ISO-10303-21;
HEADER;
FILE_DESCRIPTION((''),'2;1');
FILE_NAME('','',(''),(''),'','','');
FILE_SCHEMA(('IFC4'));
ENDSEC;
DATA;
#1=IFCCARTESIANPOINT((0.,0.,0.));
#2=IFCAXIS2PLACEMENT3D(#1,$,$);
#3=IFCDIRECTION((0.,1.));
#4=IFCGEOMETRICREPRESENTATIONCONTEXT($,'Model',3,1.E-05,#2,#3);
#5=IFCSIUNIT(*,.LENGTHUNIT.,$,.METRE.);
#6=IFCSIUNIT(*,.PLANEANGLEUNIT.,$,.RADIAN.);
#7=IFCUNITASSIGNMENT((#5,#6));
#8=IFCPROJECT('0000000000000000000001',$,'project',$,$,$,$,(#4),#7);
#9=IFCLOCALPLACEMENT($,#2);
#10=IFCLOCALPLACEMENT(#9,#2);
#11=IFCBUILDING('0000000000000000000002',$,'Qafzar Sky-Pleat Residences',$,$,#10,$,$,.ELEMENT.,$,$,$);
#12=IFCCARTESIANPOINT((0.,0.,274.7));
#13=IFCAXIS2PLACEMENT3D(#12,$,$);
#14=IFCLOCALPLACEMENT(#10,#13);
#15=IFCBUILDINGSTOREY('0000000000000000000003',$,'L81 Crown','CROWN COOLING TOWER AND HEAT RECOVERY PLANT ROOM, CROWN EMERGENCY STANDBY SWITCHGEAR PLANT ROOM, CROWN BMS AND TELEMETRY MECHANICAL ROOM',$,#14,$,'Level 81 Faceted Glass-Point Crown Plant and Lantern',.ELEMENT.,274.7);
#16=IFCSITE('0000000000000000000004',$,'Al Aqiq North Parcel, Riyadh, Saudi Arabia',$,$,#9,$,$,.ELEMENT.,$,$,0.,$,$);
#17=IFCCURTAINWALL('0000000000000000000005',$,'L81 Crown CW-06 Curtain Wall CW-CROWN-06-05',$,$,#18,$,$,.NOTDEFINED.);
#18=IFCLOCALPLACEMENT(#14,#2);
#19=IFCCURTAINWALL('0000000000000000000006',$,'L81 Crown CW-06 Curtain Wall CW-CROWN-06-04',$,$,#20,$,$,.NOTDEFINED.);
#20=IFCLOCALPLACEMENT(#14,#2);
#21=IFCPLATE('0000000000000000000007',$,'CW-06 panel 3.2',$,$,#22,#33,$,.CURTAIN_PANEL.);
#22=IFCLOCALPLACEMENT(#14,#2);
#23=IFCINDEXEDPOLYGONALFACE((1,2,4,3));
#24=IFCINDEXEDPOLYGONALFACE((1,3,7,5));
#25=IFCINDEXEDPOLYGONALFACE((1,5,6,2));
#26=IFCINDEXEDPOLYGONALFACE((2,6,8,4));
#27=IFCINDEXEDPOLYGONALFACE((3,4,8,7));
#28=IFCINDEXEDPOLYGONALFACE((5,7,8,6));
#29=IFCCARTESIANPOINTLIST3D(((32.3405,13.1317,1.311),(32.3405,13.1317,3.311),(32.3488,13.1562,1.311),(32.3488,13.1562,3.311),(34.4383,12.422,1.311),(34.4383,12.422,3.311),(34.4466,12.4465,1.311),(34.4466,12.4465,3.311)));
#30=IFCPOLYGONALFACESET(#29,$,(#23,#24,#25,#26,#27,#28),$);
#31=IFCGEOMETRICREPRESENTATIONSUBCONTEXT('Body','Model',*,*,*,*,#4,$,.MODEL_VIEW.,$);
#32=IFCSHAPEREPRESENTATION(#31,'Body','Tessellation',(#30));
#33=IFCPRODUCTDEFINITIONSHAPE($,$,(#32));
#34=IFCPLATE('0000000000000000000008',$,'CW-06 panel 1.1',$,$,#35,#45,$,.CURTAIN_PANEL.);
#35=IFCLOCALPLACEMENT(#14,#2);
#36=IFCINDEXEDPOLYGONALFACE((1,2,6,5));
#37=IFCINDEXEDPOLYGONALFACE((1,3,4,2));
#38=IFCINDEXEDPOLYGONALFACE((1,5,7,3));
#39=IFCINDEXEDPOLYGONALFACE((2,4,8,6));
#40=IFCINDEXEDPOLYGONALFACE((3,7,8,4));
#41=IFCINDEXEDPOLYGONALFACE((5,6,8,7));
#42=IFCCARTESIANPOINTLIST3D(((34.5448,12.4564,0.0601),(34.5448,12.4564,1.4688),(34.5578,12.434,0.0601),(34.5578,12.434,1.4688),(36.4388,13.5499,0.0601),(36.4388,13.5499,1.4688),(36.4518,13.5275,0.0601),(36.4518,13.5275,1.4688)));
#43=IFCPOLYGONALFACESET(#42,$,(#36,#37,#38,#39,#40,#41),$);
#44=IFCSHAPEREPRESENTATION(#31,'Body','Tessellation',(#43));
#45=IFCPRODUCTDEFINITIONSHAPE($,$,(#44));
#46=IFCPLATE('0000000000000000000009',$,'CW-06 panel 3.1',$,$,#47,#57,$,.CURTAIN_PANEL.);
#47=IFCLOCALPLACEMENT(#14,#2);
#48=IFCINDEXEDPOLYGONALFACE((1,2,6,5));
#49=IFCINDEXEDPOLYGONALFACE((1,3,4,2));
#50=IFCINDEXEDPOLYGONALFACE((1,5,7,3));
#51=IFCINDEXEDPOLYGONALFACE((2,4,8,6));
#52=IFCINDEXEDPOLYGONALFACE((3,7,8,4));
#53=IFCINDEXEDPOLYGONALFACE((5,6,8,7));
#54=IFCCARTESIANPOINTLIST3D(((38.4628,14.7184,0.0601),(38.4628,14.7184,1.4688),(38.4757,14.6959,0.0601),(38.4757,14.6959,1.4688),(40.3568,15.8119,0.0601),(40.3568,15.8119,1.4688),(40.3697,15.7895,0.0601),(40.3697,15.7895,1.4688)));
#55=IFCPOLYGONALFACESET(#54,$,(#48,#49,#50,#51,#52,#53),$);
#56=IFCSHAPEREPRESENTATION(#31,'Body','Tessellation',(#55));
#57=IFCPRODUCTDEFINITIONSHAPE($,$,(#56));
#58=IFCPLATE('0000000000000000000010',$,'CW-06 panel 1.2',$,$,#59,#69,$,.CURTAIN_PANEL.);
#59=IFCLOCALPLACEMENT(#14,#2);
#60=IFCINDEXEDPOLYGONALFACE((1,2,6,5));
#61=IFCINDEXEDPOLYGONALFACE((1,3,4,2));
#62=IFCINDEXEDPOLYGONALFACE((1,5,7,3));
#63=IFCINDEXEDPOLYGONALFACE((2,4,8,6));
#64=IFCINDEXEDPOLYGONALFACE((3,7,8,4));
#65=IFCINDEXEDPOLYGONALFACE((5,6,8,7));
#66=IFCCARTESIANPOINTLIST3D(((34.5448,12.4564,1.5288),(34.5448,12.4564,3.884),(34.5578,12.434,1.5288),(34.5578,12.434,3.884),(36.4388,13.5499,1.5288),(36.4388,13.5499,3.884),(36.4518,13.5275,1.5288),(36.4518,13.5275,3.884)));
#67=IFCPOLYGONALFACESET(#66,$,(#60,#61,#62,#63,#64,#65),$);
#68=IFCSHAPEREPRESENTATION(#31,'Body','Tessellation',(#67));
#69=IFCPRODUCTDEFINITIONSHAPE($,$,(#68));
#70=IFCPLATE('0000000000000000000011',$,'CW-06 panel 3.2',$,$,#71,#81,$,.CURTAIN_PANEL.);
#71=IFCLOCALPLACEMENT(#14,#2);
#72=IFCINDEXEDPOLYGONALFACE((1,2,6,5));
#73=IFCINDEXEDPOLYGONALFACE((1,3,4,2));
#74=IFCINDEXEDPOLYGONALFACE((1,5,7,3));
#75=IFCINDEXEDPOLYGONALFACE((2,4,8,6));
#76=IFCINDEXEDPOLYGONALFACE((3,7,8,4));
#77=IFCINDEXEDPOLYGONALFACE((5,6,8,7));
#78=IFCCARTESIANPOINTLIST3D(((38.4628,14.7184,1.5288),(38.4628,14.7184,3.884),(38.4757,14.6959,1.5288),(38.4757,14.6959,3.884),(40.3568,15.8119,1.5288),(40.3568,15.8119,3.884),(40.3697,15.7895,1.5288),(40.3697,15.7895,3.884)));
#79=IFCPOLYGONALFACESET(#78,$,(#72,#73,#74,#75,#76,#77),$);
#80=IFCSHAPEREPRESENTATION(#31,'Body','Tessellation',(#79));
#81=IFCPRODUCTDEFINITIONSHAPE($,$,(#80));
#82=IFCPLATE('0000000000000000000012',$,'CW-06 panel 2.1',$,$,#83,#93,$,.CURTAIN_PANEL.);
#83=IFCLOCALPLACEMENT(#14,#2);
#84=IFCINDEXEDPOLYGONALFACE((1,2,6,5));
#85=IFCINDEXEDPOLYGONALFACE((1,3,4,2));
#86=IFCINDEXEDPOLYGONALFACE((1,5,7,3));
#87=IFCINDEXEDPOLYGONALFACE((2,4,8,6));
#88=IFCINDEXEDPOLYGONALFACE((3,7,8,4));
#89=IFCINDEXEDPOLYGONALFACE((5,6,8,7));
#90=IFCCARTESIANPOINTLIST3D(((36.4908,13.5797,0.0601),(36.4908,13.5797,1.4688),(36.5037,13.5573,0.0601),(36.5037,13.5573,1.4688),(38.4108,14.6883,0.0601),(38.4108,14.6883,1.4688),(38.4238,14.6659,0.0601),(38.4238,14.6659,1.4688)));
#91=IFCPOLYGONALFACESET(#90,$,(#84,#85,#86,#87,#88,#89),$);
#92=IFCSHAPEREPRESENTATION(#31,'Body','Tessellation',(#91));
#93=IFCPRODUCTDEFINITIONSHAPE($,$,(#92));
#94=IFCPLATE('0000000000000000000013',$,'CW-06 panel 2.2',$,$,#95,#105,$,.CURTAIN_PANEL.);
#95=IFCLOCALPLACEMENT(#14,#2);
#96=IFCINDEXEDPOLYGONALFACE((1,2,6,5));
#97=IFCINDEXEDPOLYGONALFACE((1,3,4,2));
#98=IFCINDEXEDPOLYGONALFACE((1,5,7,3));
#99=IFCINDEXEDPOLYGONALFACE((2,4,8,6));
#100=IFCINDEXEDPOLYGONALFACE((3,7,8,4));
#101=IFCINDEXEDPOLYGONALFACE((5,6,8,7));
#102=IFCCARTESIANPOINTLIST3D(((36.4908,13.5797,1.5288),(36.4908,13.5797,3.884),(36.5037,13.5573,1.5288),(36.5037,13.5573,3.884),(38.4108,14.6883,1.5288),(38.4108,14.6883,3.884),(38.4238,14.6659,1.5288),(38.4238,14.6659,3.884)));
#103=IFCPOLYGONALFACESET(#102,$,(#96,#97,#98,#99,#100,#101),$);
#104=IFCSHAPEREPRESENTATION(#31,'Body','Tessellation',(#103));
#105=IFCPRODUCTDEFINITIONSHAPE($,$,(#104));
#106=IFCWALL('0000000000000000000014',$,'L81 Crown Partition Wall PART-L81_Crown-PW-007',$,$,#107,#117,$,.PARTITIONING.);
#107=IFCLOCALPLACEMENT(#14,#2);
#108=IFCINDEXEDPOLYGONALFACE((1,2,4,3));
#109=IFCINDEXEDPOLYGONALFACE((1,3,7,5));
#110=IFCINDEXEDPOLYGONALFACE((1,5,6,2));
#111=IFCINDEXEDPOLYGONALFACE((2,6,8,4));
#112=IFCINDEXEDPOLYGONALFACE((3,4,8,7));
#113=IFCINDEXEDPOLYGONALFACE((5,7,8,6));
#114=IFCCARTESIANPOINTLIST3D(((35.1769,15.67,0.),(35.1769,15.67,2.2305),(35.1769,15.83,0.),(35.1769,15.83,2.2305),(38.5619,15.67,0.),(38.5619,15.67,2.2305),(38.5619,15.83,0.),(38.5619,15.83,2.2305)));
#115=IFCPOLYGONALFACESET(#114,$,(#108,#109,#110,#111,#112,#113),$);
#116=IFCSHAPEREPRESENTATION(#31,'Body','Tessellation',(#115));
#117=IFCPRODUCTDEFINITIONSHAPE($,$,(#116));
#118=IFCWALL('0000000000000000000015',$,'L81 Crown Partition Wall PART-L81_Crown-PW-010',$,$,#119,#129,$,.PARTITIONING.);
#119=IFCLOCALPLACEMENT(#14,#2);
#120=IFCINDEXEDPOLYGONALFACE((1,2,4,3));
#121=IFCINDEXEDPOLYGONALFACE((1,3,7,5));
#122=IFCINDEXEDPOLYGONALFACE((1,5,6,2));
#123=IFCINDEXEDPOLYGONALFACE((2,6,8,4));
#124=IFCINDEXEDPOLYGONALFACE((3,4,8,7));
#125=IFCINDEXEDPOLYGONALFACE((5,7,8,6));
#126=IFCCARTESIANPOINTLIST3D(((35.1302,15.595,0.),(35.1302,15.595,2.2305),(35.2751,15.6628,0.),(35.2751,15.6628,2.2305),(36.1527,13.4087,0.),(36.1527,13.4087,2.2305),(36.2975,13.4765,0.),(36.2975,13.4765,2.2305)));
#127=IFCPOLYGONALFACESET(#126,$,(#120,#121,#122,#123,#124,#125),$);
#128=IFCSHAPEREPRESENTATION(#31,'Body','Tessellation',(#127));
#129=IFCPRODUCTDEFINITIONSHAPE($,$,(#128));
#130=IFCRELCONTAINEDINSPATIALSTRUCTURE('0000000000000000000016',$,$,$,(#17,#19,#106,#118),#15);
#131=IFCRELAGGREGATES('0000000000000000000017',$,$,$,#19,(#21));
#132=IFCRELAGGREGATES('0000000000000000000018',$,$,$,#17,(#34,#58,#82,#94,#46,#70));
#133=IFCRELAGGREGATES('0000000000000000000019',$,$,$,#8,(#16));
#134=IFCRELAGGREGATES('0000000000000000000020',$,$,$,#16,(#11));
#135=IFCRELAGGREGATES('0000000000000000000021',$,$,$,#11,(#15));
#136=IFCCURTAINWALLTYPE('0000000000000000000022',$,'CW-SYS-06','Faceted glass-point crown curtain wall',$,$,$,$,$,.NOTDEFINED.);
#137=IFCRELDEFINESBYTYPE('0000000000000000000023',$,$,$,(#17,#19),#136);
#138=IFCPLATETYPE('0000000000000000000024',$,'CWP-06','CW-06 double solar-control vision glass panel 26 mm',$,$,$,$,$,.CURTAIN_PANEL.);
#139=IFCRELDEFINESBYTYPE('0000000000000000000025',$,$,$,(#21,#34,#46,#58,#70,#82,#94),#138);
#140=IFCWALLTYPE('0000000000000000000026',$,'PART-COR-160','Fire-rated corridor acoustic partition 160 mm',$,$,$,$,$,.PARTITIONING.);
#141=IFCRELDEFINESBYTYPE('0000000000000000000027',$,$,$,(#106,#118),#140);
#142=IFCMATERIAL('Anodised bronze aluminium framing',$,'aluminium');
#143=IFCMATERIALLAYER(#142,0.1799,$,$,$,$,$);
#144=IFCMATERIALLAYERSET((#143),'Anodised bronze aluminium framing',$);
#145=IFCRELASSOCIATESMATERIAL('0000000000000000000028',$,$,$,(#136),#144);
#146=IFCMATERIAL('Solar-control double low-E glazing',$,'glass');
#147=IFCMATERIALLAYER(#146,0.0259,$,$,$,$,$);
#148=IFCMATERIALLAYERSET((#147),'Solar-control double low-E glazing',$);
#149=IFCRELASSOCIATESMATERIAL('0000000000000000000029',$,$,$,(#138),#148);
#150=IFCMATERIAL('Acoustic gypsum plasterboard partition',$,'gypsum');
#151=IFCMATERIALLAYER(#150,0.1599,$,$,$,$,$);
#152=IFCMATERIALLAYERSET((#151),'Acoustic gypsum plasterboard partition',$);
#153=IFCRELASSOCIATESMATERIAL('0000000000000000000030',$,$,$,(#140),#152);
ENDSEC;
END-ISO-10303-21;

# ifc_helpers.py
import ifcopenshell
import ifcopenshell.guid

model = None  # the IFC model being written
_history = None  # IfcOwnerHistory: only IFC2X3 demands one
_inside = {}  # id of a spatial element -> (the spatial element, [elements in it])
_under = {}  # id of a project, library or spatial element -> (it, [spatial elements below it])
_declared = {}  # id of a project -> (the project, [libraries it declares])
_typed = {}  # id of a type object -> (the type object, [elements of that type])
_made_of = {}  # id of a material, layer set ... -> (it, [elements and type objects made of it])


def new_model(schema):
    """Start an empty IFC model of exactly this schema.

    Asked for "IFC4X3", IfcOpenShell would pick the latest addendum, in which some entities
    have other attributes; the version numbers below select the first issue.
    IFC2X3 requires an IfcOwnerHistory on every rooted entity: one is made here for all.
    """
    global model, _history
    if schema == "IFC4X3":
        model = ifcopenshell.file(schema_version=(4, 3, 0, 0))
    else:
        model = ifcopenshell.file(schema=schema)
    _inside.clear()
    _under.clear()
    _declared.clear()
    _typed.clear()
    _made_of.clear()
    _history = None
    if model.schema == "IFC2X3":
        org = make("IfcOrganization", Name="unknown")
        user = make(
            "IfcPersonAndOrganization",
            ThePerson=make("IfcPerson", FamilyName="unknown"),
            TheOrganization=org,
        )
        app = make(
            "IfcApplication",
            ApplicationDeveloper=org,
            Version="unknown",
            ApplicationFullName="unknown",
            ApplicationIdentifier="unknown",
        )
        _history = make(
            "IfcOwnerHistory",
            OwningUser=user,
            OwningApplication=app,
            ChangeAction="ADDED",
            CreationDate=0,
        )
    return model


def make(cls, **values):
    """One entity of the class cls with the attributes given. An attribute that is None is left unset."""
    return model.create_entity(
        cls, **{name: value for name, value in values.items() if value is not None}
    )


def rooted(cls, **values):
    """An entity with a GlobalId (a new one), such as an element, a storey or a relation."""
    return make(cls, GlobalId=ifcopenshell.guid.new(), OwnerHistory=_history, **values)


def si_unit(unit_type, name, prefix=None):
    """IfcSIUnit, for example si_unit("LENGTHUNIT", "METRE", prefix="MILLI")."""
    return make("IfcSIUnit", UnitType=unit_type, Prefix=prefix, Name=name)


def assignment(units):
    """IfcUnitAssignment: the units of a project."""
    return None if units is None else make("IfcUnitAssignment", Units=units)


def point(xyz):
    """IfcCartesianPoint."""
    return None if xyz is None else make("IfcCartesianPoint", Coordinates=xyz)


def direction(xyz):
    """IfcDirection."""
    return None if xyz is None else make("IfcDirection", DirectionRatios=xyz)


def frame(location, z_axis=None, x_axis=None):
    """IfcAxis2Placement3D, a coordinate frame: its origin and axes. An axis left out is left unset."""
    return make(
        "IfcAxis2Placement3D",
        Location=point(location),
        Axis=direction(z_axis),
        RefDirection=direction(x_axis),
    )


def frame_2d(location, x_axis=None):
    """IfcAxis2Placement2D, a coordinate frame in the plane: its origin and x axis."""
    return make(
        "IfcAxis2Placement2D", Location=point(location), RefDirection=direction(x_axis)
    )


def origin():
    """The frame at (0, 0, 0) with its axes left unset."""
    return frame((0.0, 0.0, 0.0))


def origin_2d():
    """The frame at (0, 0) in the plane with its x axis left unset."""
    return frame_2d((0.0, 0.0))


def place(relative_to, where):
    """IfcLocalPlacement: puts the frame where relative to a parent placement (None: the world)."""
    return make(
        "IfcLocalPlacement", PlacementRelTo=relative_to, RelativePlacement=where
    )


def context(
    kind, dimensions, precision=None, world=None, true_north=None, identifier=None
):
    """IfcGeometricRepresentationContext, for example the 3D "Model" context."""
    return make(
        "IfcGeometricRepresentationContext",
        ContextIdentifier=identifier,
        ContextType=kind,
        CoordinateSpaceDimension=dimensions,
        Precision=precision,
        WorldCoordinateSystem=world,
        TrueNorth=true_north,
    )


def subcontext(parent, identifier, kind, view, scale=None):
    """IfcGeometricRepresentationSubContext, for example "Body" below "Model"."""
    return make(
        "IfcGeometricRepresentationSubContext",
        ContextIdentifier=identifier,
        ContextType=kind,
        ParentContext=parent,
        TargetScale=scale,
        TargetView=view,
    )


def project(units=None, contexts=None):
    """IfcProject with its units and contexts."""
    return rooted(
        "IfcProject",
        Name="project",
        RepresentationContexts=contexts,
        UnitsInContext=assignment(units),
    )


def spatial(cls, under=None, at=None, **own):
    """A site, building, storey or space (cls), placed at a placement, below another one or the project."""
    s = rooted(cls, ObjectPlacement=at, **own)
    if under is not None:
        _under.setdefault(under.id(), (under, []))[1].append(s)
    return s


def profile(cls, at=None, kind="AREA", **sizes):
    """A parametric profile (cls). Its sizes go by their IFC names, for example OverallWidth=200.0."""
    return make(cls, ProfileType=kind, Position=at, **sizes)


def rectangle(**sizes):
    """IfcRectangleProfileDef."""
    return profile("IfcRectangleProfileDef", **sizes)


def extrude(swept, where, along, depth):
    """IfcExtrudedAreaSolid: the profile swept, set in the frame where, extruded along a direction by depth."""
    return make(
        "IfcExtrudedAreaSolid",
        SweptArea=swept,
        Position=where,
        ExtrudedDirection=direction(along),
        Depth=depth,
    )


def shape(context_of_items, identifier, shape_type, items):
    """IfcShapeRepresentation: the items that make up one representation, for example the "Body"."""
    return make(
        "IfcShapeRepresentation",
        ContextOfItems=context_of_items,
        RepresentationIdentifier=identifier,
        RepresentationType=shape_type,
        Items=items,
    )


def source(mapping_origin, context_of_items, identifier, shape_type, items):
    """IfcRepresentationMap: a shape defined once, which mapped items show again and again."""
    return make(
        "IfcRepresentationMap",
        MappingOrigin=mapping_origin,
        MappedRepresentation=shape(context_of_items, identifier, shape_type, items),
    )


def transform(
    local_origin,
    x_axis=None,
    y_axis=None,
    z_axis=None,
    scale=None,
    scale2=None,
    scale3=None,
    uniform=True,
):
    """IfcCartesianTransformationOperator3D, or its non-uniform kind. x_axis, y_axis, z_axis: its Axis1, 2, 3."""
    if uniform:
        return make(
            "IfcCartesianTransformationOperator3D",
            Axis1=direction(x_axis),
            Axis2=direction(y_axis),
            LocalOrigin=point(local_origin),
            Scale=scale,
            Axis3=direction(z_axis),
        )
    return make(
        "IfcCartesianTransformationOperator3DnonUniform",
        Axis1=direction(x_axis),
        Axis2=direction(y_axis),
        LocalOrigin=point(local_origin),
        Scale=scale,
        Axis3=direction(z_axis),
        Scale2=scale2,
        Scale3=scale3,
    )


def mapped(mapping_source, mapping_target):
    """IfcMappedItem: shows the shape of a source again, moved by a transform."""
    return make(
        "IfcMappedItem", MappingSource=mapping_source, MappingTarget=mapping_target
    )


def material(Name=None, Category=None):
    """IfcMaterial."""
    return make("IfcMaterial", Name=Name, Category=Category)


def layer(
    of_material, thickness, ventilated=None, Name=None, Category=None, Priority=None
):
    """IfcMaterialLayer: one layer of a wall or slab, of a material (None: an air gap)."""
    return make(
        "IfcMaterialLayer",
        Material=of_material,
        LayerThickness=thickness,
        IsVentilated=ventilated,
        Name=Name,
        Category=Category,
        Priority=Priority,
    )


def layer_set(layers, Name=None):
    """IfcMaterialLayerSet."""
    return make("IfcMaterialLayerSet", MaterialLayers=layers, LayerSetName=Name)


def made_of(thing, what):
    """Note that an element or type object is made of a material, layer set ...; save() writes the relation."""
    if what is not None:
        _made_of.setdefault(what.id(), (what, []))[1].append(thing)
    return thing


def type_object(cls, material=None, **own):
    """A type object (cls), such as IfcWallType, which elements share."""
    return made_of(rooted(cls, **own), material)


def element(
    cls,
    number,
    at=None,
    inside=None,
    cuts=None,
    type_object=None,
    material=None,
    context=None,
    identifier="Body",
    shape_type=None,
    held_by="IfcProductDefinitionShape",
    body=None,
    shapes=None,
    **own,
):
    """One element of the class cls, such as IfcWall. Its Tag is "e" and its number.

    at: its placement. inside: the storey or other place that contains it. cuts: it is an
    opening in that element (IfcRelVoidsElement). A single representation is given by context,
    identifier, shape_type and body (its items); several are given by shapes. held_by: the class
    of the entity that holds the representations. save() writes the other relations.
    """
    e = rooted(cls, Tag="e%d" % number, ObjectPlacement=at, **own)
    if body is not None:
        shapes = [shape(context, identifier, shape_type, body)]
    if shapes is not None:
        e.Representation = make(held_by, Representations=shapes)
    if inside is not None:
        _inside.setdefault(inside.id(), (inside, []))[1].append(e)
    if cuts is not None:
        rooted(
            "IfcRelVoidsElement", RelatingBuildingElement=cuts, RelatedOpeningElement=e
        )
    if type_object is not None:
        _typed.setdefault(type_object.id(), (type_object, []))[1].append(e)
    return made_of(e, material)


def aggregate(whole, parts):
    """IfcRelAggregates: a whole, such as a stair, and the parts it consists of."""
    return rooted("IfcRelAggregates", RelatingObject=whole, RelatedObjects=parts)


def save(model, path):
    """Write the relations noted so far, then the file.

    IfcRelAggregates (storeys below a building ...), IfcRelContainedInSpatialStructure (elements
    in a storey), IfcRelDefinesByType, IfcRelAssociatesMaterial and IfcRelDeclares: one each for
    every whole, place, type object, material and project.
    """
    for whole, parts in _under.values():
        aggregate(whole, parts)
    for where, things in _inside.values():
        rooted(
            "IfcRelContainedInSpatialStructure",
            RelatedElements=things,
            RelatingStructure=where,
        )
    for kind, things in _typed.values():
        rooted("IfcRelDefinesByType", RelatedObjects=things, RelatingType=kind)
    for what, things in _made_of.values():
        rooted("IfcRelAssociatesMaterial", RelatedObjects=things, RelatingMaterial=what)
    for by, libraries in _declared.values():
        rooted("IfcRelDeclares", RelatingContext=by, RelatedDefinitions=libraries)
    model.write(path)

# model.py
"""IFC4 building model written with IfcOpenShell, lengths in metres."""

from ifc_helpers import new_model, si_unit, direction, frame, frame_2d, origin, origin_2d, place, context, subcontext, project, spatial, rectangle, extrude, source, transform, mapped, material, layer, layer_set, type_object, element, aggregate, save


model = new_model("IFC4")

# Units and contexts
model_context = context("Model", 3, precision=1e-05, world=origin(), true_north=direction((0.0, 1.0)))
body_context = subcontext(model_context, "Body", "Model", "MODEL_VIEW")
ifc_project = project(units=[si_unit("LENGTHUNIT", "METRE"), si_unit("PLANEANGLEUNIT", "RADIAN")], contexts=[model_context])

# Site, building, storey
site_placement = place(None, origin())
site = spatial("IfcSite", under=ifc_project, at=site_placement, Name="Al Aqiq North Parcel, Riyadh, Saudi Arabia", CompositionType="ELEMENT", RefElevation=0.0)
building_placement = place(site_placement, origin())
building = spatial("IfcBuilding", under=site, at=building_placement, Name="Qafzar Sky-Pleat Residences", CompositionType="ELEMENT")
storey_placement = place(building_placement, frame((0.0, 0.0, 274.7)))
storey = spatial("IfcBuildingStorey", under=building, at=storey_placement, Name="L81 Crown", Description="CROWN COOLING TOWER AND HEAT RECOVERY PLANT ROOM, CROWN EMERGENCY STANDBY SWITCHGEAR PLANT ROOM, CROWN BMS AND TELEMETRY MECHANICAL ROOM", LongName="Level 81 Faceted Glass-Point Crown Plant and Lantern", CompositionType="ELEMENT", Elevation=274.7)

# Curtain walls
ifc_material_1 = material(Name="Anodised bronze aluminium framing", Category="aluminium")
ifc_layer_1 = layer(ifc_material_1, 0.1799)
ifc_layer_set_1 = layer_set([ifc_layer_1], Name="Anodised bronze aluminium framing")
curtain_wall_type = type_object("IfcCurtainWallType", Name="CW-SYS-06", Description="Faceted glass-point crown curtain wall", PredefinedType="NOTDEFINED", material=ifc_layer_set_1)
curtain_wall_1_placement = place(storey_placement, origin())
curtain_wall_1 = element("IfcCurtainWall", 1, at=curtain_wall_1_placement, inside=storey, type_object=curtain_wall_type, Name="L81 Crown CW-06 Curtain Wall CW-CROWN-06-05", PredefinedType="NOTDEFINED")
curtain_wall_2_placement = place(storey_placement, origin())
curtain_wall_2 = element("IfcCurtainWall", 2, at=curtain_wall_2_placement, inside=storey, type_object=curtain_wall_type, Name="L81 Crown CW-06 Curtain Wall CW-CROWN-06-04", PredefinedType="NOTDEFINED")

# Plates
ifc_material_2 = material(Name="Solar-control double low-E glazing", Category="glass")
ifc_layer_2 = layer(ifc_material_2, 0.0259)
ifc_layer_set_2 = layer_set([ifc_layer_2], Name="Solar-control double low-E glazing")
plate_type = type_object("IfcPlateType", Name="CWP-06", Description="CW-06 double solar-control vision glass panel 26 mm", PredefinedType="CURTAIN_PANEL", material=ifc_layer_set_2)
shared_shape_1 = source(origin(), body_context, "Body", "SweptSolid", [
    extrude(rectangle(XDim=2.2146, YDim=0.0259, at=origin_2d()), origin(), (0.0, 0.0, 1.0), 2.0),
])
plate_1_placement = place(storey_placement, frame((33.3936, 12.7891, 1.311), z_axis=(0.0, 0.0, 1.0), x_axis=(0.947262, -0.32046, 0.0)))
plate_1 = element("IfcPlate", 3, at=plate_1_placement, type_object=plate_type, Name="CW-06 panel 3.2", PredefinedType="CURTAIN_PANEL", context=body_context, shape_type="MappedRepresentation", body=[
    mapped(shared_shape_1, transform((0.0, 0.0, 0.0), x_axis=(1.0, 0.0, 0.0), y_axis=(0.0, 1.0, 0.0), z_axis=(0.0, 0.0, 1.0), scale=1.0)),
])
aggregate(curtain_wall_2, [plate_1])
shared_shape_2 = source(origin(), body_context, "Body", "SweptSolid", [
    extrude(rectangle(XDim=2.187, YDim=0.0259, at=origin_2d()), origin(), (0.0, 0.0, 1.0), 1.4087),
])
plate_2_placement = place(storey_placement, frame((35.4983, 12.9919, 0.0601), z_axis=(0.0, 0.0, 1.0), x_axis=(0.866026, 0.5, 0.0)))
plate_2 = element("IfcPlate", 4, at=plate_2_placement, type_object=plate_type, Name="CW-06 panel 1.1", PredefinedType="CURTAIN_PANEL", context=body_context, shape_type="MappedRepresentation", body=[
    mapped(shared_shape_2, transform((0.0, 0.0, 0.0), x_axis=(1.0, 0.0, 0.0), y_axis=(0.0, 1.0, 0.0), z_axis=(0.0, 0.0, 1.0), scale=1.0)),
])
plate_3_placement = place(storey_placement, frame((39.4163, 15.2539, 0.0601), z_axis=(0.0, 0.0, 1.0), x_axis=(0.866026, 0.5, 0.0)))
plate_3 = element("IfcPlate", 5, at=plate_3_placement, type_object=plate_type, Name="CW-06 panel 3.1", PredefinedType="CURTAIN_PANEL", context=body_context, shape_type="MappedRepresentation", body=[
    mapped(shared_shape_2, transform((0.0, 0.0, 0.0), x_axis=(1.0, 0.0, 0.0), y_axis=(0.0, 1.0, 0.0), z_axis=(0.0, 0.0, 1.0), scale=1.0)),
])
shared_shape_3 = source(origin(), body_context, "Body", "SweptSolid", [
    extrude(rectangle(XDim=2.187, YDim=0.0259, at=origin_2d()), origin(), (0.0, 0.0, 1.0), 2.3552),
])
plate_4_placement = place(storey_placement, frame((35.4983, 12.9919, 1.5288), z_axis=(0.0, 0.0, 1.0), x_axis=(0.866026, 0.5, 0.0)))
plate_4 = element("IfcPlate", 6, at=plate_4_placement, type_object=plate_type, Name="CW-06 panel 1.2", PredefinedType="CURTAIN_PANEL", context=body_context, shape_type="MappedRepresentation", body=[
    mapped(shared_shape_3, transform((0.0, 0.0, 0.0), x_axis=(1.0, 0.0, 0.0), y_axis=(0.0, 1.0, 0.0), z_axis=(0.0, 0.0, 1.0), scale=1.0)),
])
plate_5_placement = place(storey_placement, frame((39.4163, 15.2539, 1.5288), z_axis=(0.0, 0.0, 1.0), x_axis=(0.866026, 0.5, 0.0)))
plate_5 = element("IfcPlate", 7, at=plate_5_placement, type_object=plate_type, Name="CW-06 panel 3.2", PredefinedType="CURTAIN_PANEL", context=body_context, shape_type="MappedRepresentation", body=[
    mapped(shared_shape_3, transform((0.0, 0.0, 0.0), x_axis=(1.0, 0.0, 0.0), y_axis=(0.0, 1.0, 0.0), z_axis=(0.0, 0.0, 1.0), scale=1.0)),
])
shared_shape_4 = source(origin(), body_context, "Body", "SweptSolid", [
    extrude(rectangle(XDim=2.217, YDim=0.0259, at=origin_2d()), origin(), (0.0, 0.0, 1.0), 1.4087),
])
plate_6_placement = place(storey_placement, frame((37.4573, 14.1228, 0.0601), z_axis=(0.0, 0.0, 1.0), x_axis=(0.866026, 0.5, 0.0)))
plate_6 = element("IfcPlate", 8, at=plate_6_placement, type_object=plate_type, Name="CW-06 panel 2.1", PredefinedType="CURTAIN_PANEL", context=body_context, shape_type="MappedRepresentation", body=[
    mapped(shared_shape_4, transform((0.0, 0.0, 0.0), x_axis=(1.0, 0.0, 0.0), y_axis=(0.0, 1.0, 0.0), z_axis=(0.0, 0.0, 1.0), scale=1.0)),
])
shared_shape_5 = source(origin(), body_context, "Body", "SweptSolid", [
    extrude(rectangle(XDim=2.217, YDim=0.0259, at=origin_2d()), origin(), (0.0, 0.0, 1.0), 2.3552),
])
plate_7_placement = place(storey_placement, frame((37.4573, 14.1228, 1.5288), z_axis=(0.0, 0.0, 1.0), x_axis=(0.866026, 0.5, 0.0)))
plate_7 = element("IfcPlate", 9, at=plate_7_placement, type_object=plate_type, Name="CW-06 panel 2.2", PredefinedType="CURTAIN_PANEL", context=body_context, shape_type="MappedRepresentation", body=[
    mapped(shared_shape_5, transform((0.0, 0.0, 0.0), x_axis=(1.0, 0.0, 0.0), y_axis=(0.0, 1.0, 0.0), z_axis=(0.0, 0.0, 1.0), scale=1.0)),
])
aggregate(curtain_wall_1, [plate_2, plate_4, plate_6, plate_7, plate_3, plate_5])

# Walls
ifc_material_3 = material(Name="Acoustic gypsum plasterboard partition", Category="gypsum")
ifc_layer_3 = layer(ifc_material_3, 0.1599)
ifc_layer_set_3 = layer_set([ifc_layer_3], Name="Acoustic gypsum plasterboard partition")
wall_type = type_object("IfcWallType", Name="PART-COR-160", Description="Fire-rated corridor acoustic partition 160 mm", PredefinedType="PARTITIONING", material=ifc_layer_set_3)
wall_1_placement = place(storey_placement, frame((35.177, 15.75, 0.0), z_axis=(0.0, 0.0, 1.0), x_axis=(1.0, 0.0, 0.0)))
element("IfcWall", 10, at=wall_1_placement, inside=storey, type_object=wall_type, Name="L81 Crown Partition Wall PART-L81_Crown-PW-007", PredefinedType="PARTITIONING", context=body_context, shape_type="SweptSolid", body=[
    extrude(rectangle(XDim=3.385, YDim=0.1599, at=frame_2d((1.6924, 0.0))), origin(), (0.0, 0.0, 1.0), 2.2305),
])
wall_2_placement = place(storey_placement, frame((35.2026, 15.6289, 0.0), z_axis=(0.0, 0.0, 1.0), x_axis=(0.423633, -0.905834, 0.0)))
element("IfcWall", 11, at=wall_2_placement, inside=storey, type_object=wall_type, Name="L81 Crown Partition Wall PART-L81_Crown-PW-010", PredefinedType="PARTITIONING", context=body_context, shape_type="SweptSolid", body=[
    extrude(rectangle(XDim=2.4136, YDim=0.1599, at=frame_2d((1.2068, 0.0))), origin(), (0.0, 0.0, 1.0), 2.2305),
])

save(model, "model.ifc")
